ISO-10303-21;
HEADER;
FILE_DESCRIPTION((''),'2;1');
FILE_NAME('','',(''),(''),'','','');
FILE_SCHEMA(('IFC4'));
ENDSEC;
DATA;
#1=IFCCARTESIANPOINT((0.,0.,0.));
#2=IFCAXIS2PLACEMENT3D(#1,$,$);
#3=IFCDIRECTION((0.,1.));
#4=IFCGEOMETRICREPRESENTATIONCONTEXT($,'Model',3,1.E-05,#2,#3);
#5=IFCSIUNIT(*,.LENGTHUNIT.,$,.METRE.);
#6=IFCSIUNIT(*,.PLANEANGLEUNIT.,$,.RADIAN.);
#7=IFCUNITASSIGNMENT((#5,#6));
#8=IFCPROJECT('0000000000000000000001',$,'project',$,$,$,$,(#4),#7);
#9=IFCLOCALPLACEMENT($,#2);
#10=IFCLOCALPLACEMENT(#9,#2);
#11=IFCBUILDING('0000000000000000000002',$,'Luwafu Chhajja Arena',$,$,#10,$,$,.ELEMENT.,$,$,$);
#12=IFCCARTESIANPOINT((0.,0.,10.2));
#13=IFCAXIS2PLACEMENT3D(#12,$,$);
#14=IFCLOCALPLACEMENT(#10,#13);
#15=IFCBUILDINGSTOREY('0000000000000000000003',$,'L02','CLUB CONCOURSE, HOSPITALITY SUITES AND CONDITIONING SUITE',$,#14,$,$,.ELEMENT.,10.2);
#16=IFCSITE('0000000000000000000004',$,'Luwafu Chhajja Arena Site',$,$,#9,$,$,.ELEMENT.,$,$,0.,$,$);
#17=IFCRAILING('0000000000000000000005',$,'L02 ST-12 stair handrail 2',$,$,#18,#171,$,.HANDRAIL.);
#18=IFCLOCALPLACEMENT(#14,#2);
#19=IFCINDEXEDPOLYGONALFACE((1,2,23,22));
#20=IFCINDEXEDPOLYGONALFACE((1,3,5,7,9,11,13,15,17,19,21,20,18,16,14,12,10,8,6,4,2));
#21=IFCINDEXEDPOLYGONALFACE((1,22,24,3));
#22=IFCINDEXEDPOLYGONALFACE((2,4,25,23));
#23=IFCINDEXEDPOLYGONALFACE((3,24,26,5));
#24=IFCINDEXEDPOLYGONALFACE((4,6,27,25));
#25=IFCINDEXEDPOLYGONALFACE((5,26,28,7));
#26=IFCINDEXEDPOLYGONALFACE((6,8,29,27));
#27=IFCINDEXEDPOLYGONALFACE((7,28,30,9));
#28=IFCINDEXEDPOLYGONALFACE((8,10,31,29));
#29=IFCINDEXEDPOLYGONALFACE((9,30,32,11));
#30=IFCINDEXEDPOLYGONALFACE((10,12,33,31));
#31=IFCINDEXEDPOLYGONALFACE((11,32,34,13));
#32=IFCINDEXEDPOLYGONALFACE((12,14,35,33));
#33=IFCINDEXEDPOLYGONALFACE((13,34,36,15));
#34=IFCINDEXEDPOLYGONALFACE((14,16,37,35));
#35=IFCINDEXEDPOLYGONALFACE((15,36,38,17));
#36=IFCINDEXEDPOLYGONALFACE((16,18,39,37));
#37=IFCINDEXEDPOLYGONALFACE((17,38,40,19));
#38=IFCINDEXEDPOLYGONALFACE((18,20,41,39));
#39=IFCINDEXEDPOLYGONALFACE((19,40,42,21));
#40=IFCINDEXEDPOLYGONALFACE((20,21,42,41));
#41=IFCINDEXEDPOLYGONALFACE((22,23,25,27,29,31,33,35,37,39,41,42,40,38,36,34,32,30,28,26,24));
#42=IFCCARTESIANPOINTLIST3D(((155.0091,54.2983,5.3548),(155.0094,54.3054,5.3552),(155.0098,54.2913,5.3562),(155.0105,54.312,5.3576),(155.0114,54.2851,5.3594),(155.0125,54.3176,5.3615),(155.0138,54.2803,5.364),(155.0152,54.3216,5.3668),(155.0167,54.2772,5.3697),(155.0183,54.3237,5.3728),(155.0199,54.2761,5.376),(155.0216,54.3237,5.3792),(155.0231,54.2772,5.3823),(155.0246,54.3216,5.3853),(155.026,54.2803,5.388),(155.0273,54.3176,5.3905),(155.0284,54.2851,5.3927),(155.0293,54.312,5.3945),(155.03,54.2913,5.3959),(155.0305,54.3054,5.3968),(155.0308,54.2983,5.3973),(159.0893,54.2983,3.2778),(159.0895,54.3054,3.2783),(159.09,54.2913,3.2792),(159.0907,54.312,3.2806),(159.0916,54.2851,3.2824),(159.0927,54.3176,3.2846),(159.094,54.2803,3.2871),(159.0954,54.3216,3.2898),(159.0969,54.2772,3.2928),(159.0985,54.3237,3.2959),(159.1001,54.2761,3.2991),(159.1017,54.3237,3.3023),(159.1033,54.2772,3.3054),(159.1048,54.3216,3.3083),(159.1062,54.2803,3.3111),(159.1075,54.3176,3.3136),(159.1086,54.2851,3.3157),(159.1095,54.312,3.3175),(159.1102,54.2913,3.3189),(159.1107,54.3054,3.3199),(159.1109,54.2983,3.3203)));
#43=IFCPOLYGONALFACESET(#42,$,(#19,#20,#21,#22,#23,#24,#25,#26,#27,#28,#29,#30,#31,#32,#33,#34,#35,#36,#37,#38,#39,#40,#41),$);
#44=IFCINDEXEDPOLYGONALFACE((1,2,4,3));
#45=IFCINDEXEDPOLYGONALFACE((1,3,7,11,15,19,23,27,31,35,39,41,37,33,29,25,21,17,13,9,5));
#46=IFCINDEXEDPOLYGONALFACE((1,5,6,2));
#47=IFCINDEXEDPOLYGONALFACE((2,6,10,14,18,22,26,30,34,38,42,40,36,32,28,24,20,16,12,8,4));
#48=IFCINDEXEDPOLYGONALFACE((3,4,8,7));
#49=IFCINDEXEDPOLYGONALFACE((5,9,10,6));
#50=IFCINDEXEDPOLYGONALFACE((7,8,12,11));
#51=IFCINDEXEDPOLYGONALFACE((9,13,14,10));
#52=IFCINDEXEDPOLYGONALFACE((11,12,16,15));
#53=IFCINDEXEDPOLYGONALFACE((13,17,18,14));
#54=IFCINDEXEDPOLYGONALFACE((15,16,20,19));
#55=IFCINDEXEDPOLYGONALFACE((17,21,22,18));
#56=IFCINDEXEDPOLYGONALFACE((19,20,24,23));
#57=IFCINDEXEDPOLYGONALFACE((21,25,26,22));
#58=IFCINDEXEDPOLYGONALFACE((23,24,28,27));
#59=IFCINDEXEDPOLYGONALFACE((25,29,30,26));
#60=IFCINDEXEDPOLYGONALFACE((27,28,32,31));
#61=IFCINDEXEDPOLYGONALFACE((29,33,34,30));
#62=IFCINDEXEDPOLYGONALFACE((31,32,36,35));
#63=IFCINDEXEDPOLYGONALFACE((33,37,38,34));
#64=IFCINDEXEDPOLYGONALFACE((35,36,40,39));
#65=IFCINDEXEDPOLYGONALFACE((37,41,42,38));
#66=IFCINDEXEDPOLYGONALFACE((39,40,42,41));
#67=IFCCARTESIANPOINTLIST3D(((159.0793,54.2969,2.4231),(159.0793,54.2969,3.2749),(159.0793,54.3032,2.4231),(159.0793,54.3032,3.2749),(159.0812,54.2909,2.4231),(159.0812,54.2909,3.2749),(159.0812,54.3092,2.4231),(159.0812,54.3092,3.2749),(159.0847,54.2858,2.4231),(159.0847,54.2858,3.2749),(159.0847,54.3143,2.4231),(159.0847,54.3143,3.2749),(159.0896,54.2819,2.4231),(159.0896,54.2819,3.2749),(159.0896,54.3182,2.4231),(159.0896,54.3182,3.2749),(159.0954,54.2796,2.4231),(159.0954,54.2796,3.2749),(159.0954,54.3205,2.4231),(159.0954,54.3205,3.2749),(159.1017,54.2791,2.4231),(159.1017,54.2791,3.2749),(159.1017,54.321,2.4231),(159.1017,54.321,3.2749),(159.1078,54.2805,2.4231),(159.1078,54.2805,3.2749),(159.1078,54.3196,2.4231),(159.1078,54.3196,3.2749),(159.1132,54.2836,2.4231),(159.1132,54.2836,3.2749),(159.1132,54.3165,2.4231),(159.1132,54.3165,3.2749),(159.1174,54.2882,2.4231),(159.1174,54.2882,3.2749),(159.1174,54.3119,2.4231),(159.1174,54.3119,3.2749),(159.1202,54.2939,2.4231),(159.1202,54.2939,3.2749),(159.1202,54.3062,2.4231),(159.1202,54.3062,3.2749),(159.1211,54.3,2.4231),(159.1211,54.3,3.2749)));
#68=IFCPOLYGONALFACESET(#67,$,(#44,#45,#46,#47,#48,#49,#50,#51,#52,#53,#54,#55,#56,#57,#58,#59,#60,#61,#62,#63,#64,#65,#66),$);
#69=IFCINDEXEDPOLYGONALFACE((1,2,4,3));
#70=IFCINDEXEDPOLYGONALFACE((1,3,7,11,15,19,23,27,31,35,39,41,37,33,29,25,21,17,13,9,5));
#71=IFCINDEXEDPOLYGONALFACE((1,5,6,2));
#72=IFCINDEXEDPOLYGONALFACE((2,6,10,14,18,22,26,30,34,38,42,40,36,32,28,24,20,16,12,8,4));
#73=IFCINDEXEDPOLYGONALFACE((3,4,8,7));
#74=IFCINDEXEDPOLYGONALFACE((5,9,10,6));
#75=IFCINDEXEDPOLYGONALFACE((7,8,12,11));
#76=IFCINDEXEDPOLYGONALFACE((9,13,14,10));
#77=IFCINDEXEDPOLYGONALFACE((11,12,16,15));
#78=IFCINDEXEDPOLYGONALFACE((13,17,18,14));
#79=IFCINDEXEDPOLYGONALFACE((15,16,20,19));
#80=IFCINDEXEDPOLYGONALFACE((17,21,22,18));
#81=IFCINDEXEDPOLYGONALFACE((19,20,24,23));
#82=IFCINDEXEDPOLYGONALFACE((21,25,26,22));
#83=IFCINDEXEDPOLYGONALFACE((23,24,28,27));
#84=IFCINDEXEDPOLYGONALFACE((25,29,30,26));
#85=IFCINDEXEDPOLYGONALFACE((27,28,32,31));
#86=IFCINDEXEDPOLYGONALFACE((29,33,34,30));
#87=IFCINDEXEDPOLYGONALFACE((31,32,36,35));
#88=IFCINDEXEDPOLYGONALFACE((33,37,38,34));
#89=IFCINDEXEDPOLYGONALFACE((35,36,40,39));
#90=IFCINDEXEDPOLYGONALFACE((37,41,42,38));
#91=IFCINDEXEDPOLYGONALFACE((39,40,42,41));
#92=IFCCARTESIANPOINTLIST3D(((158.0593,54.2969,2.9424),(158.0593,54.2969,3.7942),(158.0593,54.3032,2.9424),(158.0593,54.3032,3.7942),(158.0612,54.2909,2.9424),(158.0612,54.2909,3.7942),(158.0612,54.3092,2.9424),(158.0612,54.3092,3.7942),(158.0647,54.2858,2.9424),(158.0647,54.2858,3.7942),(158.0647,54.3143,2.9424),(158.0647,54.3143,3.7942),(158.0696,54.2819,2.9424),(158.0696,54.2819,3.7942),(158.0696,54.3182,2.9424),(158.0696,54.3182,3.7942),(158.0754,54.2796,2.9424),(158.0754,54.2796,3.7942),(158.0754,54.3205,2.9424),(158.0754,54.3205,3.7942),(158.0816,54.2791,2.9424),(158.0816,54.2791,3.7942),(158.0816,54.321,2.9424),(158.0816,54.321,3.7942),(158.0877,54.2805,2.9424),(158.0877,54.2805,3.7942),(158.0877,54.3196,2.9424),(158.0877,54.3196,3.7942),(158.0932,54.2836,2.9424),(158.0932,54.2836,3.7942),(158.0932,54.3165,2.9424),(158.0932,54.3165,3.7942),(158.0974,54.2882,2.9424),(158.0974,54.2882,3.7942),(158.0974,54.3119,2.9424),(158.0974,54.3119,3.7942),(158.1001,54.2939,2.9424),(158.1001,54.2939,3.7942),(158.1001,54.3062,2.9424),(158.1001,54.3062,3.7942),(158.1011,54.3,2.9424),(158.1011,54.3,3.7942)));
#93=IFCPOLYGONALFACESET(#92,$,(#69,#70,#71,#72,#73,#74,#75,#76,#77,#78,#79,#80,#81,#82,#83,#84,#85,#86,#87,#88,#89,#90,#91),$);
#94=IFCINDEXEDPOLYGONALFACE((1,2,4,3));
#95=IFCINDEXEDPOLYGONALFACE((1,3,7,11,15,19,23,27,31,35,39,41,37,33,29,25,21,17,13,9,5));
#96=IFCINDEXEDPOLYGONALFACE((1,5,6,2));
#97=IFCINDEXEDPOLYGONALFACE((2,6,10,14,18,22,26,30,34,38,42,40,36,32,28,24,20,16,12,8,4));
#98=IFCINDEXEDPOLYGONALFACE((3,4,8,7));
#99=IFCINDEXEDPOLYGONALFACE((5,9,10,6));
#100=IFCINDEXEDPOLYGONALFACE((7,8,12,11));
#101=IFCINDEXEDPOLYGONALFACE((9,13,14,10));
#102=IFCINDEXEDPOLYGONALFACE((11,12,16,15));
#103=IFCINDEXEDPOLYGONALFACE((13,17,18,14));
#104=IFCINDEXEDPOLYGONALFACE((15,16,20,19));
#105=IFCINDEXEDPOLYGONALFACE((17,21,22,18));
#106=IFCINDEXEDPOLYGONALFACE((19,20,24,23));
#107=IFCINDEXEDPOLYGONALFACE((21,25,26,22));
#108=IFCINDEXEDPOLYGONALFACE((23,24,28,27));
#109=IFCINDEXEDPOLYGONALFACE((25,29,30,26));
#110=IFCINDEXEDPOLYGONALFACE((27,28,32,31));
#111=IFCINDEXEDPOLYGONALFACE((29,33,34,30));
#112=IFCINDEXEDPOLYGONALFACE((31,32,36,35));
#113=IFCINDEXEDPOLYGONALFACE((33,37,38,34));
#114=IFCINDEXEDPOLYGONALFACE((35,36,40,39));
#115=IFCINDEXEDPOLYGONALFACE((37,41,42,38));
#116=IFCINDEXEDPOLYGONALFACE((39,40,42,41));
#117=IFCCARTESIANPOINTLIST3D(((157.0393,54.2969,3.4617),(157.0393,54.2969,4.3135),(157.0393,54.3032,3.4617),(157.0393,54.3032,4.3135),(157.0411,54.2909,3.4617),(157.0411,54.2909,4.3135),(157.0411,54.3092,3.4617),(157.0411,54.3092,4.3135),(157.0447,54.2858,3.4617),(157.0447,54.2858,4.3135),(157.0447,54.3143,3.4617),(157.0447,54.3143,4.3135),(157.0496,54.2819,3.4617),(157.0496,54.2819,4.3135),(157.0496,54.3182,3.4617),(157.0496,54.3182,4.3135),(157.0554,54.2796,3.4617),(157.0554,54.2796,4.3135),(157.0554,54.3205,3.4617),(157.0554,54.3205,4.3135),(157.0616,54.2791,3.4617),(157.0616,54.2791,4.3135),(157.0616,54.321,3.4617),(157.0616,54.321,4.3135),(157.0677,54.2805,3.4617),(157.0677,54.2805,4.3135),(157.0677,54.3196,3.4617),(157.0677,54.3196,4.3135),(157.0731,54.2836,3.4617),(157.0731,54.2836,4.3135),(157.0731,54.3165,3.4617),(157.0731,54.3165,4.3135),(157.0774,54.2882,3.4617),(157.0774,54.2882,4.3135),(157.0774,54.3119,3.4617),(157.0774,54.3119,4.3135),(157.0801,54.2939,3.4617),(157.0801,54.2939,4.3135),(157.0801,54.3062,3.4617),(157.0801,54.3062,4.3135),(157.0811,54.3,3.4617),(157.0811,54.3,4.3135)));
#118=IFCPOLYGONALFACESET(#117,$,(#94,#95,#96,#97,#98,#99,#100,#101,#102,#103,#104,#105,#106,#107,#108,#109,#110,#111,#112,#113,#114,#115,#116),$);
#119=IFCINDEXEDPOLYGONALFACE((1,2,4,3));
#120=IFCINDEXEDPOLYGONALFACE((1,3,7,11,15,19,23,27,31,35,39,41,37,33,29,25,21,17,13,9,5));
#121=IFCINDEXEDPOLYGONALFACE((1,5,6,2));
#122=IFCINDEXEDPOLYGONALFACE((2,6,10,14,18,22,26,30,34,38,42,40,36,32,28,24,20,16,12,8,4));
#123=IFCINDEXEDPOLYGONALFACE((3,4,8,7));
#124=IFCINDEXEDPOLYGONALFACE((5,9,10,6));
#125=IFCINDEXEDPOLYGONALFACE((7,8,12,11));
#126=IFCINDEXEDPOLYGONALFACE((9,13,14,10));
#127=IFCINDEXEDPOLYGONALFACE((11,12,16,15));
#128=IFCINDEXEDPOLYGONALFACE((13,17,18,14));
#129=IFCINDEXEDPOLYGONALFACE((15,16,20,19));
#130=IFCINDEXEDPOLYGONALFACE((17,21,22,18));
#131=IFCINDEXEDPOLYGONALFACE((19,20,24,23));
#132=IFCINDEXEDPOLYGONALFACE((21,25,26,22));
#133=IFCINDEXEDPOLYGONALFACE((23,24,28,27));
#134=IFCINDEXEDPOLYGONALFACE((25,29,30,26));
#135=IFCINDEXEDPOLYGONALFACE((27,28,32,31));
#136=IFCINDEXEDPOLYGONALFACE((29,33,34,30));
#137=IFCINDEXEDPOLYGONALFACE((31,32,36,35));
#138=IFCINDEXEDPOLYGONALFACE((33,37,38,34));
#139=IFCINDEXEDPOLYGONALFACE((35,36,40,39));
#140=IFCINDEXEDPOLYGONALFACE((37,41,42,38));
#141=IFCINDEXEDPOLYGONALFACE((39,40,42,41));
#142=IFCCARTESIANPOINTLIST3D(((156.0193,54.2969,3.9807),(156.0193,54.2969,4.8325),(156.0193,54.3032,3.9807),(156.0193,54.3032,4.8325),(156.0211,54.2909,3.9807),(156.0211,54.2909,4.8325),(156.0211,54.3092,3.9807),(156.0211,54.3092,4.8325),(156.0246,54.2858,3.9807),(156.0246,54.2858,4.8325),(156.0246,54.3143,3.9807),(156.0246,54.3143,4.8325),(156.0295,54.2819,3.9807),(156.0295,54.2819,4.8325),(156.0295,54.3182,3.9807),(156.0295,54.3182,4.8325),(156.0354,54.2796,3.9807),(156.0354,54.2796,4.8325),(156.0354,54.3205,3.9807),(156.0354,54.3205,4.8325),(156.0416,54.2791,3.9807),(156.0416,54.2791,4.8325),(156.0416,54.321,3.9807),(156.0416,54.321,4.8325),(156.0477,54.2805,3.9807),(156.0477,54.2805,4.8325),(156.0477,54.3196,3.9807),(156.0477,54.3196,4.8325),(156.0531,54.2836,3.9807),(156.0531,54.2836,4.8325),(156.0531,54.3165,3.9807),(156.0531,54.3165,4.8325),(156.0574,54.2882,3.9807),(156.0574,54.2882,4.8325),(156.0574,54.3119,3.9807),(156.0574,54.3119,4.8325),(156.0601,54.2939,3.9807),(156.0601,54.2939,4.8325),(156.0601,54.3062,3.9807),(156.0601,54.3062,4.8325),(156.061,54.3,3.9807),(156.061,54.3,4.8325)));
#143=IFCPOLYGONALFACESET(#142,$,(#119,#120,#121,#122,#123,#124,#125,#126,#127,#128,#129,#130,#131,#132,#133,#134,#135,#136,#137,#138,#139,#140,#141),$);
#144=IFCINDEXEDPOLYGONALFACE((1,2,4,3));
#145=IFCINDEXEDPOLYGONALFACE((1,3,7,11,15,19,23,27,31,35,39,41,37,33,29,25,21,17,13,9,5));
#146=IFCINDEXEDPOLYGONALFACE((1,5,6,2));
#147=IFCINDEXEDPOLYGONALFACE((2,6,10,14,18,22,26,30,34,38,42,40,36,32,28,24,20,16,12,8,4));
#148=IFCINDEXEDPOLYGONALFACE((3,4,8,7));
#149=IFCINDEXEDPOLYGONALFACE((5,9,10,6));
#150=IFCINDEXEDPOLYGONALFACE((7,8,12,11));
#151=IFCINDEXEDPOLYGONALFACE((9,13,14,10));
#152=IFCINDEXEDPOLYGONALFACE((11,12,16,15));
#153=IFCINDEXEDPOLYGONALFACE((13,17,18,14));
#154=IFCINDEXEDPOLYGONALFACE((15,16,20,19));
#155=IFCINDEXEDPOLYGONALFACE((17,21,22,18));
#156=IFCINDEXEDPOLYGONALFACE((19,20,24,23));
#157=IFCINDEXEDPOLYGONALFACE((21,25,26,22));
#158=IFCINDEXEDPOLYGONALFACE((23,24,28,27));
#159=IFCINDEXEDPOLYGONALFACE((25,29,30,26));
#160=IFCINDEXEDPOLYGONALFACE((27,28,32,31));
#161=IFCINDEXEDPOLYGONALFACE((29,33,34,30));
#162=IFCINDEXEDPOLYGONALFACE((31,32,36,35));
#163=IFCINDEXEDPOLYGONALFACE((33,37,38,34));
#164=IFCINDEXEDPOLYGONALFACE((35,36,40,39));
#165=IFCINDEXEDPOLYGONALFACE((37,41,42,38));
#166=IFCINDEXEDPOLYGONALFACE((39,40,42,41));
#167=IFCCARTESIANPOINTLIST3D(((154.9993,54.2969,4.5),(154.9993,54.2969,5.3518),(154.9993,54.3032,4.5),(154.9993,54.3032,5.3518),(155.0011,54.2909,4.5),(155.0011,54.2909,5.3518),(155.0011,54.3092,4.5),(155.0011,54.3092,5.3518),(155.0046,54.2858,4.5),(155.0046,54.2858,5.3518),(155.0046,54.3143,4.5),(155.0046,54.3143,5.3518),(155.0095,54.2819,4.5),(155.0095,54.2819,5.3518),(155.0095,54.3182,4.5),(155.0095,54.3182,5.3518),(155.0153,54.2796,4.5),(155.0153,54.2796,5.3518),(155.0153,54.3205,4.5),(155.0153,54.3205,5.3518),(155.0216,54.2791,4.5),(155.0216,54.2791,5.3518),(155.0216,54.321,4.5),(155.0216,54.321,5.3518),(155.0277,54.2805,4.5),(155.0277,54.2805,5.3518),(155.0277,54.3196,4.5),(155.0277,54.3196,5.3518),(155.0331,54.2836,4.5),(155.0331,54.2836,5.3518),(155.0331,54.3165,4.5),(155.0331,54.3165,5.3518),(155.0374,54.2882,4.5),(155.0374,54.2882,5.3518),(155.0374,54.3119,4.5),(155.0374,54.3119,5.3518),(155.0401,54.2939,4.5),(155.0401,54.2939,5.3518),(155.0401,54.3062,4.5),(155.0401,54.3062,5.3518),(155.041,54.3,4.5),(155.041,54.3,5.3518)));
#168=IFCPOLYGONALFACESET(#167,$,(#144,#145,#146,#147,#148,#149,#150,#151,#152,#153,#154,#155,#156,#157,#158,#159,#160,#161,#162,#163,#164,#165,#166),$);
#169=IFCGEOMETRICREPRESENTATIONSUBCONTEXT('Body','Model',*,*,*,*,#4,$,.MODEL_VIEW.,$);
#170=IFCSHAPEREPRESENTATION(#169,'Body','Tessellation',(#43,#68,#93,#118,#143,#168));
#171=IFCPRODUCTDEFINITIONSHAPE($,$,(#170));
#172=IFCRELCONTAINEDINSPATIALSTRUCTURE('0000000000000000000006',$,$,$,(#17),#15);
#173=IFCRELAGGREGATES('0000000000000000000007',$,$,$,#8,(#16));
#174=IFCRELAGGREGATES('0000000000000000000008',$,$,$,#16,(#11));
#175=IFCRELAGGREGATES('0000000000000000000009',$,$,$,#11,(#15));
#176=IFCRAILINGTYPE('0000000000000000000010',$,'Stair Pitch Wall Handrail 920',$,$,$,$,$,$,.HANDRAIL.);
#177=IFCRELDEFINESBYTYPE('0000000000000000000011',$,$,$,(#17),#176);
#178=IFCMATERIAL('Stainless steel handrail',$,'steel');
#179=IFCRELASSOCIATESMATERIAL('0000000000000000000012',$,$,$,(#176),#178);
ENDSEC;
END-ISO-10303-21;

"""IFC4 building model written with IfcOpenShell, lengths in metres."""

from ifc_helpers import new_model, si_unit, direction, frame, origin, origin_2d, place, context, subcontext, project, spatial, circle, extrude, material, type_object, element, save


model = new_model("IFC4")

# Units and contexts
model_context = context("Model", 3, precision=1e-05, world=origin(), true_north=direction((0.0, 1.0)))
body_context = subcontext(model_context, "Body", "Model", "MODEL_VIEW")
ifc_project = project(units=[si_unit("LENGTHUNIT", "METRE"), si_unit("PLANEANGLEUNIT", "RADIAN")], contexts=[model_context])

# Site, building, storey
site_placement = place(None, origin())
site = spatial("IfcSite", under=ifc_project, at=site_placement, Name="Luwafu Chhajja Arena Site", CompositionType="ELEMENT", RefElevation=0.0)
building_placement = place(site_placement, origin())
building = spatial("IfcBuilding", under=site, at=building_placement, Name="Luwafu Chhajja Arena", CompositionType="ELEMENT")
storey_placement = place(building_placement, frame((0.0, 0.0, 10.2)))
storey = spatial("IfcBuildingStorey", under=building, at=storey_placement, Name="L02", Description="CLUB CONCOURSE, HOSPITALITY SUITES AND CONDITIONING SUITE", CompositionType="ELEMENT", Elevation=10.2)

# Railing
ifc_material_1 = material(Name="Stainless steel handrail", Category="steel")
railing_type_1 = type_object("IfcRailingType", Name="Stair Pitch Wall Handrail 920", PredefinedType="HANDRAIL", material=ifc_material_1)
railing_1_placement = place(storey_placement, frame((159.1001, 54.3, 2.4231)))
element("IfcRailing", 1, at=railing_1_placement, inside=storey, type_object=railing_type_1, Name="L02 ST-12 stair handrail 2", PredefinedType="HANDRAIL", context=body_context, shape_type="SweptSolid", body=[
    extrude(circle(Radius=0.0239, at=origin_2d()), frame((0.0, 0.0, 0.876), z_axis=(-0.891183, 0.0, 0.453644), x_axis=(0.0, -1.0, 0.0)), (0.0, 0.0, 1.0), 4.5784),
    extrude(circle(Radius=0.021, at=origin_2d()), origin(), (0.0, 0.0, 1.0), 0.8518),
    extrude(circle(Radius=0.021, at=origin_2d()), frame((-1.02, 0.0, 0.5193)), (0.0, 0.0, 1.0), 0.8518),
    extrude(circle(Radius=0.021, at=origin_2d()), frame((-2.04, 0.0, 1.0386)), (0.0, 0.0, 1.0), 0.8518),
    extrude(circle(Radius=0.021, at=origin_2d()), frame((-3.0601, 0.0, 1.5576)), (0.0, 0.0, 1.0), 0.8518),
    extrude(circle(Radius=0.021, at=origin_2d()), frame((-4.0801, 0.0, 2.0769)), (0.0, 0.0, 1.0), 0.8518),
])

save(model, "model.ifc")
